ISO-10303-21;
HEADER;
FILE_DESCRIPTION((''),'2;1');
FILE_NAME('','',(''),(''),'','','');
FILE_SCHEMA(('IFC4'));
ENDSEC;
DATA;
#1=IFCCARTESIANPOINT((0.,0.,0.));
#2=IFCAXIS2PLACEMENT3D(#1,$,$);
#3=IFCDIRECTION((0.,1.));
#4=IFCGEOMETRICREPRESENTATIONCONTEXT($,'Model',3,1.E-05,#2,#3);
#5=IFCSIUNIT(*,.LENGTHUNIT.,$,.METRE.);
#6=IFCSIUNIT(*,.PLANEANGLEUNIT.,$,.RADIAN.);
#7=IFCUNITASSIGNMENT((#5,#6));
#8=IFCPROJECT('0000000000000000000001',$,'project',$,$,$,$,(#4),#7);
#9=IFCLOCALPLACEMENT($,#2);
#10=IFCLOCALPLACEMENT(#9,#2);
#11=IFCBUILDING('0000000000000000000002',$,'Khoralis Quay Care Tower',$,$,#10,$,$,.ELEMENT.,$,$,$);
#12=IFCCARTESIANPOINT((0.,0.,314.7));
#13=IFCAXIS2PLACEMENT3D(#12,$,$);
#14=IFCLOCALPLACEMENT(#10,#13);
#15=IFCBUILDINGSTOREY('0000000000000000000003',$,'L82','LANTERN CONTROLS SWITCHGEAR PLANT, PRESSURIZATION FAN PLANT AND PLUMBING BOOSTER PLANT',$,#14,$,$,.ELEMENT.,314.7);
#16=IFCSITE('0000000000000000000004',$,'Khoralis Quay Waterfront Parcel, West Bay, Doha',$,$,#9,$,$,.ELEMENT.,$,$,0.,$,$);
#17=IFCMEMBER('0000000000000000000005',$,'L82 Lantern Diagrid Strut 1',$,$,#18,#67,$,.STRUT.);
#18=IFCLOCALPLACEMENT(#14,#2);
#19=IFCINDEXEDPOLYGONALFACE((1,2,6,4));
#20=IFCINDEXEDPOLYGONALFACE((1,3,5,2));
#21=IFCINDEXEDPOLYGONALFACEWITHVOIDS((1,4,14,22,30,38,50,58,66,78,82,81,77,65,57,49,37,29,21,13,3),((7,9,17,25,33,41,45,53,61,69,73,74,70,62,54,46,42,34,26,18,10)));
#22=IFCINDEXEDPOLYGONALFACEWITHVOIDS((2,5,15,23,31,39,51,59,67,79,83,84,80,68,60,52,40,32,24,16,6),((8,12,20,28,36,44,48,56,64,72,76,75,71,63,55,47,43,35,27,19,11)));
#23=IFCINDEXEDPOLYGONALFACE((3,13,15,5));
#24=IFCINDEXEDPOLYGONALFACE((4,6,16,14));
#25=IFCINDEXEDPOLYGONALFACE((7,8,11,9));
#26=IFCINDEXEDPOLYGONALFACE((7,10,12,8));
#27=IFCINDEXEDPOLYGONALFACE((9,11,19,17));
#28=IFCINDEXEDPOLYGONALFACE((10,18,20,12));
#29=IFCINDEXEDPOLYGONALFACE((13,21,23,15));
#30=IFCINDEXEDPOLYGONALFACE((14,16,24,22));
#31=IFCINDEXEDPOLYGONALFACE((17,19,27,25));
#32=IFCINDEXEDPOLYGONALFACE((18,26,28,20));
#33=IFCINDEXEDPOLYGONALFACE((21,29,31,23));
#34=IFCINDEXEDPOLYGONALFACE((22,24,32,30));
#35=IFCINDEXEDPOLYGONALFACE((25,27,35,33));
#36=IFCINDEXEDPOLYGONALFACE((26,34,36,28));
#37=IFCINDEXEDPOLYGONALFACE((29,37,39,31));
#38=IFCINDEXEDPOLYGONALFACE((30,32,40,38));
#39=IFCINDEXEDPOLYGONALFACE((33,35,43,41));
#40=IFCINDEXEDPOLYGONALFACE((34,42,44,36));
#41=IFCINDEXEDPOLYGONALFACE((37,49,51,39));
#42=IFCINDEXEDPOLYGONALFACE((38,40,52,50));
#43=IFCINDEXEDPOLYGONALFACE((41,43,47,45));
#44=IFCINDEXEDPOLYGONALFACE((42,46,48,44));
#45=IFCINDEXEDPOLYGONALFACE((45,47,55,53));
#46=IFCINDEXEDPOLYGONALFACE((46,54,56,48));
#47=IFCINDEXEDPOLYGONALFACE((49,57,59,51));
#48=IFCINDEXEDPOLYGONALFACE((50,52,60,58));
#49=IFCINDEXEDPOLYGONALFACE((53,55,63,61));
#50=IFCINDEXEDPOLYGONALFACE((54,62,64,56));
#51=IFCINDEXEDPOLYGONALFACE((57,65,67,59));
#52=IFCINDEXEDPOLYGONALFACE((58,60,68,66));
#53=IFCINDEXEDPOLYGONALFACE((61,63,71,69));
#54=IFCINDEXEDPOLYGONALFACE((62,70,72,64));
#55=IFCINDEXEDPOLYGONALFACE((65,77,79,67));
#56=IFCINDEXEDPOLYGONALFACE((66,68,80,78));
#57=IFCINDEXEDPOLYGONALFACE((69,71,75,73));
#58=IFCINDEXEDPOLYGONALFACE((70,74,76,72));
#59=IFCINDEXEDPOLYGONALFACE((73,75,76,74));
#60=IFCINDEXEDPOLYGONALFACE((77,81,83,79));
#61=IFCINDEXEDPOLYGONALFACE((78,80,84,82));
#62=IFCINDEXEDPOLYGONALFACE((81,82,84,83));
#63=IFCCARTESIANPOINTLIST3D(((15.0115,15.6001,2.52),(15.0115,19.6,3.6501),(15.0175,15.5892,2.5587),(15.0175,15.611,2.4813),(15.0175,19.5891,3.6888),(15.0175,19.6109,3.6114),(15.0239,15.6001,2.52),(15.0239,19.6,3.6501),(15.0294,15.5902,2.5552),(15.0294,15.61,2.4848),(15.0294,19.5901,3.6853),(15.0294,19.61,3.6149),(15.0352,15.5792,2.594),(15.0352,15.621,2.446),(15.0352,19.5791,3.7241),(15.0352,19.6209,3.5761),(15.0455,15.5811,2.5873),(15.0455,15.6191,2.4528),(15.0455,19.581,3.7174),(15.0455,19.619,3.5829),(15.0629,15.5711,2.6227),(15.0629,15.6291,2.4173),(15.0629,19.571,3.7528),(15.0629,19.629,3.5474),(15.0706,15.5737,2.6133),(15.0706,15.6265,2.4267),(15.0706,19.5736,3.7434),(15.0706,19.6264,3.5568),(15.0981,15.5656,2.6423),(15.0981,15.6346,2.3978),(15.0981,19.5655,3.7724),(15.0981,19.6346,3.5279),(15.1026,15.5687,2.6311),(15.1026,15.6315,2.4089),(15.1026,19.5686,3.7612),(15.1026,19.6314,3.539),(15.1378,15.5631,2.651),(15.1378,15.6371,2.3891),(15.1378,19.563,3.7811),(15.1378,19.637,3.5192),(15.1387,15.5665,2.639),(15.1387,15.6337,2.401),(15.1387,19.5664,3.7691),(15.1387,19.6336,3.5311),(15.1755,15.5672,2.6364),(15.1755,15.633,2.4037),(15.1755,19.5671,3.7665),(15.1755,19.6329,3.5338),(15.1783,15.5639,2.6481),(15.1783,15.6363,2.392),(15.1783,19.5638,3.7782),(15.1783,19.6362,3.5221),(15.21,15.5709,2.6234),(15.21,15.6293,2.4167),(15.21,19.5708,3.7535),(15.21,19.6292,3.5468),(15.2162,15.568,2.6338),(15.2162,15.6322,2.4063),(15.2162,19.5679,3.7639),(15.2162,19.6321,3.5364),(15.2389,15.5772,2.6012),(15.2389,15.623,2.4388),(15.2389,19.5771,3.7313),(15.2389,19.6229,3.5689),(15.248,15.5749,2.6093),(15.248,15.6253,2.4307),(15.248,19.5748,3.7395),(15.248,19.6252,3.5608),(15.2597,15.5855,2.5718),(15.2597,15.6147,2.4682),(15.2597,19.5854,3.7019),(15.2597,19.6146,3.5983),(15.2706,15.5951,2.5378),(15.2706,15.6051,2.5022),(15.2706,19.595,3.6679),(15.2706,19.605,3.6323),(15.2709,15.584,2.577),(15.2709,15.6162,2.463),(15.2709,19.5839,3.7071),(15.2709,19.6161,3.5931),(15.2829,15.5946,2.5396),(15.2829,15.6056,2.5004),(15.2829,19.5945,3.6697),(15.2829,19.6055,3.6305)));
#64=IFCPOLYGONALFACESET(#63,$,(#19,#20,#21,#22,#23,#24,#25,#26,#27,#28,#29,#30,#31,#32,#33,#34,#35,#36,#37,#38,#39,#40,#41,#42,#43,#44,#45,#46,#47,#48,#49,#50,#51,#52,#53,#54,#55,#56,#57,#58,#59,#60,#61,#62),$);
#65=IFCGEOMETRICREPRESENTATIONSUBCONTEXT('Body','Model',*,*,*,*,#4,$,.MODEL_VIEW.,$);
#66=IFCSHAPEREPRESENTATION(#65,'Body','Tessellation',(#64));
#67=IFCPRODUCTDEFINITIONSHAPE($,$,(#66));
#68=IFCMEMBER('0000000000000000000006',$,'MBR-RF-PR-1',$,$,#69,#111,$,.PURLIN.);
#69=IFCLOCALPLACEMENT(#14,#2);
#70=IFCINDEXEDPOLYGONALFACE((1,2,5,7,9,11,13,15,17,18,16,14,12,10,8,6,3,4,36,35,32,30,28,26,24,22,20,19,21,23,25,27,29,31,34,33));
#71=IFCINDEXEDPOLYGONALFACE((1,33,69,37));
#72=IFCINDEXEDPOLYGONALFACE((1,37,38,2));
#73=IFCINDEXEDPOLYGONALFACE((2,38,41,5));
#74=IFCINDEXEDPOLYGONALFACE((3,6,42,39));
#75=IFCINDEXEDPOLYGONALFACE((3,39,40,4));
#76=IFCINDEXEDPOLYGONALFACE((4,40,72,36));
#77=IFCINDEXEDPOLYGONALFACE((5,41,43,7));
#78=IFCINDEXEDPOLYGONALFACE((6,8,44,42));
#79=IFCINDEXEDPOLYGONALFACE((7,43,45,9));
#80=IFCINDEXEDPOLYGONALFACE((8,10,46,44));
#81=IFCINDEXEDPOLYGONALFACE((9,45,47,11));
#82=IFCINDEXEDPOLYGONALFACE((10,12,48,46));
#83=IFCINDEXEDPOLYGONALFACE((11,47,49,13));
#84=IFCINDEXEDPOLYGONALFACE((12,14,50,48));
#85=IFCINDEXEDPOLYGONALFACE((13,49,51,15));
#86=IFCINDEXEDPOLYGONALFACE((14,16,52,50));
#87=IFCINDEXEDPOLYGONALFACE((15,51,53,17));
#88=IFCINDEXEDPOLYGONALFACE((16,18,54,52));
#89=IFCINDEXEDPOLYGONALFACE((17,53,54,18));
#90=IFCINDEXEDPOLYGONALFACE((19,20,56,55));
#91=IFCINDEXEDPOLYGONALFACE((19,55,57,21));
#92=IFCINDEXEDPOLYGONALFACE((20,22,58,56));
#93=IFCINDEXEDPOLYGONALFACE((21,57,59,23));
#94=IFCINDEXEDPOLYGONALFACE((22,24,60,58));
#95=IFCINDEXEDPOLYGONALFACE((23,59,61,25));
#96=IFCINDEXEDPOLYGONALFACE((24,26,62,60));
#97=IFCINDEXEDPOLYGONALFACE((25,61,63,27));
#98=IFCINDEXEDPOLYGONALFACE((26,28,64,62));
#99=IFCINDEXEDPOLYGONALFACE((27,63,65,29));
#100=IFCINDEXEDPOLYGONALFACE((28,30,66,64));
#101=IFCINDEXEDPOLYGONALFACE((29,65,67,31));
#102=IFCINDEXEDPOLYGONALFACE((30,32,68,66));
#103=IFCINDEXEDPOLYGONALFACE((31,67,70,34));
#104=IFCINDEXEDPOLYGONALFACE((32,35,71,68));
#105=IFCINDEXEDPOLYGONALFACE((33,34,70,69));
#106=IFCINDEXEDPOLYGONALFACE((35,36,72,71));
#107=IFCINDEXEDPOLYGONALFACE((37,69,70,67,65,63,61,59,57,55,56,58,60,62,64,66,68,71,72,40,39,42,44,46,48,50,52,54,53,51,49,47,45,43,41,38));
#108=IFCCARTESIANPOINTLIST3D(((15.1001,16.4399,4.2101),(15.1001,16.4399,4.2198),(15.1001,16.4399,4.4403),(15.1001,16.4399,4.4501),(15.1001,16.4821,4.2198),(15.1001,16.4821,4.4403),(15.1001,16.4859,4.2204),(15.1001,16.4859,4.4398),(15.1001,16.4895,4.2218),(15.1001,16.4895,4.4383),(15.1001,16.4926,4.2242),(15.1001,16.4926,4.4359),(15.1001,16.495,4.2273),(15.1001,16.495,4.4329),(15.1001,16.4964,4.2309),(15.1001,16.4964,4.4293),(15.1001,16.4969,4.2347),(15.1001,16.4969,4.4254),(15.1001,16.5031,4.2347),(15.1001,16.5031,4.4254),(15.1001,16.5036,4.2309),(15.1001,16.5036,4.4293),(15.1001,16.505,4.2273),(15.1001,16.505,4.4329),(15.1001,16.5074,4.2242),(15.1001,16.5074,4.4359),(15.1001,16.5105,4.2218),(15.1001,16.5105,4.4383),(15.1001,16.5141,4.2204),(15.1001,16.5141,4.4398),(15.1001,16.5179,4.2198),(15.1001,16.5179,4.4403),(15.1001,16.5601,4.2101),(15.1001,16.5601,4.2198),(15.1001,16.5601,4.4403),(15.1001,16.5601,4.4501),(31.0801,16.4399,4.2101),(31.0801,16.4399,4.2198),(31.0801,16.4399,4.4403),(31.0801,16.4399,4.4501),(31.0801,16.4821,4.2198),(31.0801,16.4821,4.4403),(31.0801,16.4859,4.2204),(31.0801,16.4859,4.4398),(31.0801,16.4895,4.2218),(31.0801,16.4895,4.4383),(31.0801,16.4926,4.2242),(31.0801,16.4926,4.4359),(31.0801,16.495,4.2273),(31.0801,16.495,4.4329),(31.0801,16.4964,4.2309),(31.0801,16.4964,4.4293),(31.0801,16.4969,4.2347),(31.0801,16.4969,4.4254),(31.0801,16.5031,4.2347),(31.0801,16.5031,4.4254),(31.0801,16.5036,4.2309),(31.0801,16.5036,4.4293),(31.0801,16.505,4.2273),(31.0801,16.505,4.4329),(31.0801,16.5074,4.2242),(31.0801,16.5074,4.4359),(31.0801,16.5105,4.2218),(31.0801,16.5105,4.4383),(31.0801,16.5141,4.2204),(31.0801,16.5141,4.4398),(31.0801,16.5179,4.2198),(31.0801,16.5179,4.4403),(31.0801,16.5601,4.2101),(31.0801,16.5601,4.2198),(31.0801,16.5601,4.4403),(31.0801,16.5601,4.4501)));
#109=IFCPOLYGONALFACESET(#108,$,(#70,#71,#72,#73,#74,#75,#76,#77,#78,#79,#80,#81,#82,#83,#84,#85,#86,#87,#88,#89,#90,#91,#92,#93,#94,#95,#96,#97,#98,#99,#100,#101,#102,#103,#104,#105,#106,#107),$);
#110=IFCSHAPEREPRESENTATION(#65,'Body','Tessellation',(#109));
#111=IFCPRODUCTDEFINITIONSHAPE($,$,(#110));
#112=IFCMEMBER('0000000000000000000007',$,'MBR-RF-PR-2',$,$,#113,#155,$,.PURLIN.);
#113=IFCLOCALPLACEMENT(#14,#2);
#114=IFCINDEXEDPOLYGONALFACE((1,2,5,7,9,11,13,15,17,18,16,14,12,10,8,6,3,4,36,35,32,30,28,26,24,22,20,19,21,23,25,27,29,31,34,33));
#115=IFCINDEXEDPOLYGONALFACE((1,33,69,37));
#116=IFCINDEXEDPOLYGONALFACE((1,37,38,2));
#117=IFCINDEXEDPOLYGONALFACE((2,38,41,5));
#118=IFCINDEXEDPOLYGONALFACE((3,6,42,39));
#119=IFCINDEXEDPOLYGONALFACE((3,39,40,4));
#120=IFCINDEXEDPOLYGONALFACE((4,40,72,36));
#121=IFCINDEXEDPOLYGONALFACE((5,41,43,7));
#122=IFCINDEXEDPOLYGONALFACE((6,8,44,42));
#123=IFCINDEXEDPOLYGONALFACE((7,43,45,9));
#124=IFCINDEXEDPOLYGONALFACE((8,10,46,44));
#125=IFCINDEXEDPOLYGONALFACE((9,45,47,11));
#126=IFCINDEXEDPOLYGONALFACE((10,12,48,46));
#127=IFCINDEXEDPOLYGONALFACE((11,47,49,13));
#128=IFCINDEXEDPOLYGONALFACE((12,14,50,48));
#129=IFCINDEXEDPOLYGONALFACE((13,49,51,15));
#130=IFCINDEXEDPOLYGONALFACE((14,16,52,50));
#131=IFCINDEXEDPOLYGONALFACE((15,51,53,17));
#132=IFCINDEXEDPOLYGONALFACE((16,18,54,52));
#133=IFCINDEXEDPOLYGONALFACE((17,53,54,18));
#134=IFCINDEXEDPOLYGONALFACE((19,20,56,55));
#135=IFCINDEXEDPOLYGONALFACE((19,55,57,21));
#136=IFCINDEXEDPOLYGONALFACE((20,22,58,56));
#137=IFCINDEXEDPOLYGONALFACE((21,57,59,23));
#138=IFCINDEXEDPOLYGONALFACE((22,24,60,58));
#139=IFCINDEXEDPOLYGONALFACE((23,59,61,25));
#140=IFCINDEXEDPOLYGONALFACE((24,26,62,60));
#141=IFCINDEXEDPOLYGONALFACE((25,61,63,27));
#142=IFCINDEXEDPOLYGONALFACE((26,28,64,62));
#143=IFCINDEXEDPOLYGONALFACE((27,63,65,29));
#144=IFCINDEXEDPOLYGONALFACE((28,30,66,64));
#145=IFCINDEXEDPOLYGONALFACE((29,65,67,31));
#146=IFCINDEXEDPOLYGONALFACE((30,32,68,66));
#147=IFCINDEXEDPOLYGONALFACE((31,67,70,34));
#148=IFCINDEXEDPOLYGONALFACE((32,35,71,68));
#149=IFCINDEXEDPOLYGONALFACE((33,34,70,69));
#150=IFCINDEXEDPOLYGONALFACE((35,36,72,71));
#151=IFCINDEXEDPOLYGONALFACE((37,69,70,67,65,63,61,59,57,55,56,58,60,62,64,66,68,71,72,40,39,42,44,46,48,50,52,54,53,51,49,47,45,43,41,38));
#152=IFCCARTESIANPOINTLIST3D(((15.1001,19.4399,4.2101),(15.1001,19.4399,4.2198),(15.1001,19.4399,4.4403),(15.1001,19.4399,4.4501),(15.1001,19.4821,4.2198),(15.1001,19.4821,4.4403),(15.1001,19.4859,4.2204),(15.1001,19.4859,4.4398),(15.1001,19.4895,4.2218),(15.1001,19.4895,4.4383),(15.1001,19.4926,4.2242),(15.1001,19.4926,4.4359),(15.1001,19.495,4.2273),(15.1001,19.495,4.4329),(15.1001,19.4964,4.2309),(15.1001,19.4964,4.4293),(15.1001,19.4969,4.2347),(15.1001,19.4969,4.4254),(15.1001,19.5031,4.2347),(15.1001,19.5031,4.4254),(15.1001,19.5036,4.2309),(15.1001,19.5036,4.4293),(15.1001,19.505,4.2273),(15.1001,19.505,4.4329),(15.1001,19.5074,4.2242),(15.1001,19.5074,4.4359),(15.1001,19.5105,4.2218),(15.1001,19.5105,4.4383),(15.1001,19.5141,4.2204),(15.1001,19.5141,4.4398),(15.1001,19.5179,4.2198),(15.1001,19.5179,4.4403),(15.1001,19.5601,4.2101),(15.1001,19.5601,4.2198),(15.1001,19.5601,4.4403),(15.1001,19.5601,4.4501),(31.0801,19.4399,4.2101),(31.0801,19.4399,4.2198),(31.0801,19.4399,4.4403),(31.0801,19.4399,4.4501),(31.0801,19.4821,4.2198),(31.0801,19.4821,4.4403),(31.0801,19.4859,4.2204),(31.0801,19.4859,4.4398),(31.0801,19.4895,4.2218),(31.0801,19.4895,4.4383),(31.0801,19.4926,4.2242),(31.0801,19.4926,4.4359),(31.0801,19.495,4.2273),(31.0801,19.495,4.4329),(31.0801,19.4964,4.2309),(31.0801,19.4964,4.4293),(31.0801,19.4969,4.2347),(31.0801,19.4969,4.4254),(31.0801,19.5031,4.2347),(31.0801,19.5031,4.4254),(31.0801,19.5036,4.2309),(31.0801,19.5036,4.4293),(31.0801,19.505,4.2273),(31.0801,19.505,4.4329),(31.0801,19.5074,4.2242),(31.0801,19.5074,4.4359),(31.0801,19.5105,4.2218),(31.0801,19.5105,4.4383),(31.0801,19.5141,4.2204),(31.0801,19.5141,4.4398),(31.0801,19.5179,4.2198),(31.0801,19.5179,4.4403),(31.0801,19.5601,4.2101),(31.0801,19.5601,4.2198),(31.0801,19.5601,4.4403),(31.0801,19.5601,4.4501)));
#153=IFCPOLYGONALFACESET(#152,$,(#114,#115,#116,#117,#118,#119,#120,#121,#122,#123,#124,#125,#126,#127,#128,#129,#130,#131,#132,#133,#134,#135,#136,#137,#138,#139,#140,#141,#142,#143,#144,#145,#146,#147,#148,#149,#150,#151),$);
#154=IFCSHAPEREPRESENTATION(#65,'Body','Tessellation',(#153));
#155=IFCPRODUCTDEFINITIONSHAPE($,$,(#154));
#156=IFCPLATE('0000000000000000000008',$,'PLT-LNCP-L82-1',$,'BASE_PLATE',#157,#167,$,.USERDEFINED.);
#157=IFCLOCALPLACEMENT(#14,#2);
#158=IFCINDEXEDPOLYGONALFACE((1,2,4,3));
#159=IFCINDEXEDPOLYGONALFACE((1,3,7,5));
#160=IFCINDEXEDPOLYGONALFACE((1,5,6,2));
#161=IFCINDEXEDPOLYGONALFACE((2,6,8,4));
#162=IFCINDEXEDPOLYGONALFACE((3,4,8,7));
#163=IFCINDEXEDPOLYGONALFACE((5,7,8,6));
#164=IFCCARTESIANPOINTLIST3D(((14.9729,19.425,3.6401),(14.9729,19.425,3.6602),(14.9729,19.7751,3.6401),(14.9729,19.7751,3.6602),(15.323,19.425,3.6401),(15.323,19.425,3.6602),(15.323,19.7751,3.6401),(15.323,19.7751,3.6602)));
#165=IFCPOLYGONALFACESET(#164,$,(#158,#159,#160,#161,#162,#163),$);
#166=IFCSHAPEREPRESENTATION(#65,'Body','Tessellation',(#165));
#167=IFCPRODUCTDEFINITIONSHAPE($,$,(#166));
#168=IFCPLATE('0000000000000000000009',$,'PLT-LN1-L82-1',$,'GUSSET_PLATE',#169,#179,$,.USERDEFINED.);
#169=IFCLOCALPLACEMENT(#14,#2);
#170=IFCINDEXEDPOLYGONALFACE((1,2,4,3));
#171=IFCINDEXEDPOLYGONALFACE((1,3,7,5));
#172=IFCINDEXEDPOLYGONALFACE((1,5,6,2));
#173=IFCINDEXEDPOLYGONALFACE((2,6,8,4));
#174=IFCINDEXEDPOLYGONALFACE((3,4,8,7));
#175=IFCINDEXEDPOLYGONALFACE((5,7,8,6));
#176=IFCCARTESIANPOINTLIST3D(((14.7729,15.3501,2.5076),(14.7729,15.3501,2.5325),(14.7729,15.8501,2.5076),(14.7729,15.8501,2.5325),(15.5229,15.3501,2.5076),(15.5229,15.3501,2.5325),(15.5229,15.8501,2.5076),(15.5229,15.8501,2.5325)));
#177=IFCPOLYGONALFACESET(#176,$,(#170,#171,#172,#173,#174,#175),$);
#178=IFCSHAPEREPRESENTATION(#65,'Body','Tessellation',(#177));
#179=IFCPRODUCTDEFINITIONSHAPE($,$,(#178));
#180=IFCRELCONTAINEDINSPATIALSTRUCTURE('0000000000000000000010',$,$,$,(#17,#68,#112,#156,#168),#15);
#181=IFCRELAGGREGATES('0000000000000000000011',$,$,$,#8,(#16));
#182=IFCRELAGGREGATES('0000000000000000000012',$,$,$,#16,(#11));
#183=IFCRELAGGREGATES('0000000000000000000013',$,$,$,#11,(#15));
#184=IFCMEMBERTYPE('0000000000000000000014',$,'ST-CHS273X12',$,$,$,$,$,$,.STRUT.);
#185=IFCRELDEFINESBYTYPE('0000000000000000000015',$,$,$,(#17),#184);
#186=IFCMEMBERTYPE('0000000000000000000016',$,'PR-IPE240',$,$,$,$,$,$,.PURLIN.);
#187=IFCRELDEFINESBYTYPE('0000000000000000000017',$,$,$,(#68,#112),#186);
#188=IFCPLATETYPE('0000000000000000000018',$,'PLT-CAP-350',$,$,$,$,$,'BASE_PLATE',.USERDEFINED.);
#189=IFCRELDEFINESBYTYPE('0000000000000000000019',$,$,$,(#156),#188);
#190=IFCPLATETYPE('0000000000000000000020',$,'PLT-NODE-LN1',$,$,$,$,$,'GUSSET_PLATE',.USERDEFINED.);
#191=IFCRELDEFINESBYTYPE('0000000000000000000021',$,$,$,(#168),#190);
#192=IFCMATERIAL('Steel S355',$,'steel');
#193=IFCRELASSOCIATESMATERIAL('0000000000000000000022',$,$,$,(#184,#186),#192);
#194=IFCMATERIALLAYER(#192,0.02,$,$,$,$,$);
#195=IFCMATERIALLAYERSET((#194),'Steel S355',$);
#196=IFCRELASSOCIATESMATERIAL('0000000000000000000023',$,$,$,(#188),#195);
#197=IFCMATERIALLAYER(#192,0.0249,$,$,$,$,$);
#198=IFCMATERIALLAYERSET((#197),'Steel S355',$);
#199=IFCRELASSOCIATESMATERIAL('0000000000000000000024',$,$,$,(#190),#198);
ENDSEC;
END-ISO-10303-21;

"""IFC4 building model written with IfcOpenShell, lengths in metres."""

from ifc_helpers import new_model, si_unit, direction, frame, origin, origin_2d, place, context, subcontext, project, spatial, rectangle, hollow_circle, i_section, extrude, source, transform, mapped, material, layer, layer_set, material_profile, profile_set, type_object, element, save


model = new_model("IFC4")

# Units and contexts
model_context = context("Model", 3, precision=1e-05, world=origin(), true_north=direction((0.0, 1.0)))
body_context = subcontext(model_context, "Body", "Model", "MODEL_VIEW")
ifc_project = project(units=[si_unit("LENGTHUNIT", "METRE"), si_unit("PLANEANGLEUNIT", "RADIAN")], contexts=[model_context])

# Site, building, storey
site_placement = place(None, origin())
site = spatial("IfcSite", under=ifc_project, at=site_placement, Name="Khoralis Quay Waterfront Parcel, West Bay, Doha", CompositionType="ELEMENT", RefElevation=0.0)
building_placement = place(site_placement, origin())
building = spatial("IfcBuilding", under=site, at=building_placement, Name="Khoralis Quay Care Tower", CompositionType="ELEMENT")
storey_placement = place(building_placement, frame((0.0, 0.0, 314.7)))
storey = spatial("IfcBuildingStorey", under=building, at=storey_placement, Name="L82", Description="LANTERN CONTROLS SWITCHGEAR PLANT, PRESSURIZATION FAN PLANT AND PLUMBING BOOSTER PLANT", CompositionType="ELEMENT", Elevation=314.7)

# Shared definitions
ifc_material_1 = material(Name="Steel S355", Category="steel")

# Members
ifc_material_profile_1 = material_profile(ifc_material_1, hollow_circle(Radius=0.1365, WallThickness=0.0125, at=origin_2d()), Name="Steel S355")
ifc_profile_set_1 = profile_set([ifc_material_profile_1], Name="Steel S355")
member_type_1 = type_object("IfcMemberType", Name="ST-CHS273X12", PredefinedType="STRUT", material=ifc_profile_set_1)
shared_shape_1 = source(origin(), body_context, "Body", "SweptSolid", [
    extrude(hollow_circle(Radius=0.1365, WallThickness=0.0125, at=origin_2d()), origin(), (0.0, 0.0, 1.0), 4.1565),
])
member_placement = place(storey_placement, frame((15.1479, 15.6001, 2.52), z_axis=(0.0, 0.962329, 0.271888), x_axis=(-1.0, 0.0, 0.0)))
element("IfcMember", 1, at=member_placement, inside=storey, type_object=member_type_1, Name="L82 Lantern Diagrid Strut 1", PredefinedType="STRUT", context=body_context, shape_type="MappedRepresentation", body=[
    mapped(shared_shape_1, transform((0.0, 0.0, 0.0), scale=1.0)),
])
ifc_material_profile_2 = material_profile(ifc_material_1, i_section(OverallWidth=0.1201, OverallDepth=0.24, WebThickness=0.0061, FlangeThickness=0.0098, FilletRadius=0.0149, at=origin_2d()), Name="Steel S355")
ifc_profile_set_2 = profile_set([ifc_material_profile_2], Name="Steel S355")
member_type_2 = type_object("IfcMemberType", Name="PR-IPE240", PredefinedType="PURLIN", material=ifc_profile_set_2)
shared_shape_2 = source(origin(), body_context, "Body", "SweptSolid", [
    extrude(i_section(OverallWidth=0.1201, OverallDepth=0.24, WebThickness=0.0061, FlangeThickness=0.0098, FilletRadius=0.0149, at=origin_2d()), origin(), (0.0, 0.0, 1.0), 15.98),
])
for number, where, z_axis, x_axis, name in (
    (2, (15.1001, 16.5, 4.3301), (1.0, 0.0, 0.0), (0.0, 1.0, 0.0), "MBR-RF-PR-1"),
    (3, (15.1001, 19.5, 4.3301), (1.0, 0.0, 0.0), (0.0, 1.0, 0.0), "MBR-RF-PR-2"),
):
    element("IfcMember", number, at=place(storey_placement, frame(where, z_axis=z_axis, x_axis=x_axis)), inside=storey, type_object=member_type_2, Name=name, PredefinedType="PURLIN", context=body_context, shape_type="MappedRepresentation", body=[
        mapped(shared_shape_2, transform((0.0, 0.0, 0.0), scale=1.0)),
    ])

# Plates
ifc_layer_1 = layer(ifc_material_1, 0.02)
ifc_layer_set_1 = layer_set([ifc_layer_1], Name="Steel S355")
plate_type_1 = type_object("IfcPlateType", Name="PLT-CAP-350", ElementType="BASE_PLATE", PredefinedType="USERDEFINED", material=ifc_layer_set_1)
shared_shape_3 = source(origin(), body_context, "Body", "SweptSolid", [
    extrude(rectangle(XDim=0.3501, YDim=0.3501, at=origin_2d()), origin(), (0.0, 0.0, 1.0), 0.02),
])
plate_1_placement = place(storey_placement, frame((15.1479, 19.6001, 3.6401), z_axis=(0.0, 0.0, 1.0), x_axis=(1.0, 0.0, 0.0)))
element("IfcPlate", 4, at=plate_1_placement, inside=storey, type_object=plate_type_1, Name="PLT-LNCP-L82-1", ObjectType="BASE_PLATE", PredefinedType="USERDEFINED", context=body_context, shape_type="MappedRepresentation", body=[
    mapped(shared_shape_3, transform((0.0, 0.0, 0.0), scale=1.0)),
])
ifc_layer_2 = layer(ifc_material_1, 0.0249)
ifc_layer_set_2 = layer_set([ifc_layer_2], Name="Steel S355")
plate_type_2 = type_object("IfcPlateType", Name="PLT-NODE-LN1", ElementType="GUSSET_PLATE", PredefinedType="USERDEFINED", material=ifc_layer_set_2)
shared_shape_4 = source(origin(), body_context, "Body", "SweptSolid", [
    extrude(rectangle(XDim=0.75, YDim=0.5, at=origin_2d()), origin(), (0.0, 0.0, 1.0), 0.0249),
])
plate_2_placement = place(storey_placement, frame((15.1479, 15.6001, 2.5076), z_axis=(0.0, 0.0, 1.0), x_axis=(1.0, 0.0, 0.0)))
element("IfcPlate", 5, at=plate_2_placement, inside=storey, type_object=plate_type_2, Name="PLT-LN1-L82-1", ObjectType="GUSSET_PLATE", PredefinedType="USERDEFINED", context=body_context, shape_type="MappedRepresentation", body=[
    mapped(shared_shape_4, transform((0.0, 0.0, 0.0), scale=1.0)),
])

save(model, "model.ifc")
